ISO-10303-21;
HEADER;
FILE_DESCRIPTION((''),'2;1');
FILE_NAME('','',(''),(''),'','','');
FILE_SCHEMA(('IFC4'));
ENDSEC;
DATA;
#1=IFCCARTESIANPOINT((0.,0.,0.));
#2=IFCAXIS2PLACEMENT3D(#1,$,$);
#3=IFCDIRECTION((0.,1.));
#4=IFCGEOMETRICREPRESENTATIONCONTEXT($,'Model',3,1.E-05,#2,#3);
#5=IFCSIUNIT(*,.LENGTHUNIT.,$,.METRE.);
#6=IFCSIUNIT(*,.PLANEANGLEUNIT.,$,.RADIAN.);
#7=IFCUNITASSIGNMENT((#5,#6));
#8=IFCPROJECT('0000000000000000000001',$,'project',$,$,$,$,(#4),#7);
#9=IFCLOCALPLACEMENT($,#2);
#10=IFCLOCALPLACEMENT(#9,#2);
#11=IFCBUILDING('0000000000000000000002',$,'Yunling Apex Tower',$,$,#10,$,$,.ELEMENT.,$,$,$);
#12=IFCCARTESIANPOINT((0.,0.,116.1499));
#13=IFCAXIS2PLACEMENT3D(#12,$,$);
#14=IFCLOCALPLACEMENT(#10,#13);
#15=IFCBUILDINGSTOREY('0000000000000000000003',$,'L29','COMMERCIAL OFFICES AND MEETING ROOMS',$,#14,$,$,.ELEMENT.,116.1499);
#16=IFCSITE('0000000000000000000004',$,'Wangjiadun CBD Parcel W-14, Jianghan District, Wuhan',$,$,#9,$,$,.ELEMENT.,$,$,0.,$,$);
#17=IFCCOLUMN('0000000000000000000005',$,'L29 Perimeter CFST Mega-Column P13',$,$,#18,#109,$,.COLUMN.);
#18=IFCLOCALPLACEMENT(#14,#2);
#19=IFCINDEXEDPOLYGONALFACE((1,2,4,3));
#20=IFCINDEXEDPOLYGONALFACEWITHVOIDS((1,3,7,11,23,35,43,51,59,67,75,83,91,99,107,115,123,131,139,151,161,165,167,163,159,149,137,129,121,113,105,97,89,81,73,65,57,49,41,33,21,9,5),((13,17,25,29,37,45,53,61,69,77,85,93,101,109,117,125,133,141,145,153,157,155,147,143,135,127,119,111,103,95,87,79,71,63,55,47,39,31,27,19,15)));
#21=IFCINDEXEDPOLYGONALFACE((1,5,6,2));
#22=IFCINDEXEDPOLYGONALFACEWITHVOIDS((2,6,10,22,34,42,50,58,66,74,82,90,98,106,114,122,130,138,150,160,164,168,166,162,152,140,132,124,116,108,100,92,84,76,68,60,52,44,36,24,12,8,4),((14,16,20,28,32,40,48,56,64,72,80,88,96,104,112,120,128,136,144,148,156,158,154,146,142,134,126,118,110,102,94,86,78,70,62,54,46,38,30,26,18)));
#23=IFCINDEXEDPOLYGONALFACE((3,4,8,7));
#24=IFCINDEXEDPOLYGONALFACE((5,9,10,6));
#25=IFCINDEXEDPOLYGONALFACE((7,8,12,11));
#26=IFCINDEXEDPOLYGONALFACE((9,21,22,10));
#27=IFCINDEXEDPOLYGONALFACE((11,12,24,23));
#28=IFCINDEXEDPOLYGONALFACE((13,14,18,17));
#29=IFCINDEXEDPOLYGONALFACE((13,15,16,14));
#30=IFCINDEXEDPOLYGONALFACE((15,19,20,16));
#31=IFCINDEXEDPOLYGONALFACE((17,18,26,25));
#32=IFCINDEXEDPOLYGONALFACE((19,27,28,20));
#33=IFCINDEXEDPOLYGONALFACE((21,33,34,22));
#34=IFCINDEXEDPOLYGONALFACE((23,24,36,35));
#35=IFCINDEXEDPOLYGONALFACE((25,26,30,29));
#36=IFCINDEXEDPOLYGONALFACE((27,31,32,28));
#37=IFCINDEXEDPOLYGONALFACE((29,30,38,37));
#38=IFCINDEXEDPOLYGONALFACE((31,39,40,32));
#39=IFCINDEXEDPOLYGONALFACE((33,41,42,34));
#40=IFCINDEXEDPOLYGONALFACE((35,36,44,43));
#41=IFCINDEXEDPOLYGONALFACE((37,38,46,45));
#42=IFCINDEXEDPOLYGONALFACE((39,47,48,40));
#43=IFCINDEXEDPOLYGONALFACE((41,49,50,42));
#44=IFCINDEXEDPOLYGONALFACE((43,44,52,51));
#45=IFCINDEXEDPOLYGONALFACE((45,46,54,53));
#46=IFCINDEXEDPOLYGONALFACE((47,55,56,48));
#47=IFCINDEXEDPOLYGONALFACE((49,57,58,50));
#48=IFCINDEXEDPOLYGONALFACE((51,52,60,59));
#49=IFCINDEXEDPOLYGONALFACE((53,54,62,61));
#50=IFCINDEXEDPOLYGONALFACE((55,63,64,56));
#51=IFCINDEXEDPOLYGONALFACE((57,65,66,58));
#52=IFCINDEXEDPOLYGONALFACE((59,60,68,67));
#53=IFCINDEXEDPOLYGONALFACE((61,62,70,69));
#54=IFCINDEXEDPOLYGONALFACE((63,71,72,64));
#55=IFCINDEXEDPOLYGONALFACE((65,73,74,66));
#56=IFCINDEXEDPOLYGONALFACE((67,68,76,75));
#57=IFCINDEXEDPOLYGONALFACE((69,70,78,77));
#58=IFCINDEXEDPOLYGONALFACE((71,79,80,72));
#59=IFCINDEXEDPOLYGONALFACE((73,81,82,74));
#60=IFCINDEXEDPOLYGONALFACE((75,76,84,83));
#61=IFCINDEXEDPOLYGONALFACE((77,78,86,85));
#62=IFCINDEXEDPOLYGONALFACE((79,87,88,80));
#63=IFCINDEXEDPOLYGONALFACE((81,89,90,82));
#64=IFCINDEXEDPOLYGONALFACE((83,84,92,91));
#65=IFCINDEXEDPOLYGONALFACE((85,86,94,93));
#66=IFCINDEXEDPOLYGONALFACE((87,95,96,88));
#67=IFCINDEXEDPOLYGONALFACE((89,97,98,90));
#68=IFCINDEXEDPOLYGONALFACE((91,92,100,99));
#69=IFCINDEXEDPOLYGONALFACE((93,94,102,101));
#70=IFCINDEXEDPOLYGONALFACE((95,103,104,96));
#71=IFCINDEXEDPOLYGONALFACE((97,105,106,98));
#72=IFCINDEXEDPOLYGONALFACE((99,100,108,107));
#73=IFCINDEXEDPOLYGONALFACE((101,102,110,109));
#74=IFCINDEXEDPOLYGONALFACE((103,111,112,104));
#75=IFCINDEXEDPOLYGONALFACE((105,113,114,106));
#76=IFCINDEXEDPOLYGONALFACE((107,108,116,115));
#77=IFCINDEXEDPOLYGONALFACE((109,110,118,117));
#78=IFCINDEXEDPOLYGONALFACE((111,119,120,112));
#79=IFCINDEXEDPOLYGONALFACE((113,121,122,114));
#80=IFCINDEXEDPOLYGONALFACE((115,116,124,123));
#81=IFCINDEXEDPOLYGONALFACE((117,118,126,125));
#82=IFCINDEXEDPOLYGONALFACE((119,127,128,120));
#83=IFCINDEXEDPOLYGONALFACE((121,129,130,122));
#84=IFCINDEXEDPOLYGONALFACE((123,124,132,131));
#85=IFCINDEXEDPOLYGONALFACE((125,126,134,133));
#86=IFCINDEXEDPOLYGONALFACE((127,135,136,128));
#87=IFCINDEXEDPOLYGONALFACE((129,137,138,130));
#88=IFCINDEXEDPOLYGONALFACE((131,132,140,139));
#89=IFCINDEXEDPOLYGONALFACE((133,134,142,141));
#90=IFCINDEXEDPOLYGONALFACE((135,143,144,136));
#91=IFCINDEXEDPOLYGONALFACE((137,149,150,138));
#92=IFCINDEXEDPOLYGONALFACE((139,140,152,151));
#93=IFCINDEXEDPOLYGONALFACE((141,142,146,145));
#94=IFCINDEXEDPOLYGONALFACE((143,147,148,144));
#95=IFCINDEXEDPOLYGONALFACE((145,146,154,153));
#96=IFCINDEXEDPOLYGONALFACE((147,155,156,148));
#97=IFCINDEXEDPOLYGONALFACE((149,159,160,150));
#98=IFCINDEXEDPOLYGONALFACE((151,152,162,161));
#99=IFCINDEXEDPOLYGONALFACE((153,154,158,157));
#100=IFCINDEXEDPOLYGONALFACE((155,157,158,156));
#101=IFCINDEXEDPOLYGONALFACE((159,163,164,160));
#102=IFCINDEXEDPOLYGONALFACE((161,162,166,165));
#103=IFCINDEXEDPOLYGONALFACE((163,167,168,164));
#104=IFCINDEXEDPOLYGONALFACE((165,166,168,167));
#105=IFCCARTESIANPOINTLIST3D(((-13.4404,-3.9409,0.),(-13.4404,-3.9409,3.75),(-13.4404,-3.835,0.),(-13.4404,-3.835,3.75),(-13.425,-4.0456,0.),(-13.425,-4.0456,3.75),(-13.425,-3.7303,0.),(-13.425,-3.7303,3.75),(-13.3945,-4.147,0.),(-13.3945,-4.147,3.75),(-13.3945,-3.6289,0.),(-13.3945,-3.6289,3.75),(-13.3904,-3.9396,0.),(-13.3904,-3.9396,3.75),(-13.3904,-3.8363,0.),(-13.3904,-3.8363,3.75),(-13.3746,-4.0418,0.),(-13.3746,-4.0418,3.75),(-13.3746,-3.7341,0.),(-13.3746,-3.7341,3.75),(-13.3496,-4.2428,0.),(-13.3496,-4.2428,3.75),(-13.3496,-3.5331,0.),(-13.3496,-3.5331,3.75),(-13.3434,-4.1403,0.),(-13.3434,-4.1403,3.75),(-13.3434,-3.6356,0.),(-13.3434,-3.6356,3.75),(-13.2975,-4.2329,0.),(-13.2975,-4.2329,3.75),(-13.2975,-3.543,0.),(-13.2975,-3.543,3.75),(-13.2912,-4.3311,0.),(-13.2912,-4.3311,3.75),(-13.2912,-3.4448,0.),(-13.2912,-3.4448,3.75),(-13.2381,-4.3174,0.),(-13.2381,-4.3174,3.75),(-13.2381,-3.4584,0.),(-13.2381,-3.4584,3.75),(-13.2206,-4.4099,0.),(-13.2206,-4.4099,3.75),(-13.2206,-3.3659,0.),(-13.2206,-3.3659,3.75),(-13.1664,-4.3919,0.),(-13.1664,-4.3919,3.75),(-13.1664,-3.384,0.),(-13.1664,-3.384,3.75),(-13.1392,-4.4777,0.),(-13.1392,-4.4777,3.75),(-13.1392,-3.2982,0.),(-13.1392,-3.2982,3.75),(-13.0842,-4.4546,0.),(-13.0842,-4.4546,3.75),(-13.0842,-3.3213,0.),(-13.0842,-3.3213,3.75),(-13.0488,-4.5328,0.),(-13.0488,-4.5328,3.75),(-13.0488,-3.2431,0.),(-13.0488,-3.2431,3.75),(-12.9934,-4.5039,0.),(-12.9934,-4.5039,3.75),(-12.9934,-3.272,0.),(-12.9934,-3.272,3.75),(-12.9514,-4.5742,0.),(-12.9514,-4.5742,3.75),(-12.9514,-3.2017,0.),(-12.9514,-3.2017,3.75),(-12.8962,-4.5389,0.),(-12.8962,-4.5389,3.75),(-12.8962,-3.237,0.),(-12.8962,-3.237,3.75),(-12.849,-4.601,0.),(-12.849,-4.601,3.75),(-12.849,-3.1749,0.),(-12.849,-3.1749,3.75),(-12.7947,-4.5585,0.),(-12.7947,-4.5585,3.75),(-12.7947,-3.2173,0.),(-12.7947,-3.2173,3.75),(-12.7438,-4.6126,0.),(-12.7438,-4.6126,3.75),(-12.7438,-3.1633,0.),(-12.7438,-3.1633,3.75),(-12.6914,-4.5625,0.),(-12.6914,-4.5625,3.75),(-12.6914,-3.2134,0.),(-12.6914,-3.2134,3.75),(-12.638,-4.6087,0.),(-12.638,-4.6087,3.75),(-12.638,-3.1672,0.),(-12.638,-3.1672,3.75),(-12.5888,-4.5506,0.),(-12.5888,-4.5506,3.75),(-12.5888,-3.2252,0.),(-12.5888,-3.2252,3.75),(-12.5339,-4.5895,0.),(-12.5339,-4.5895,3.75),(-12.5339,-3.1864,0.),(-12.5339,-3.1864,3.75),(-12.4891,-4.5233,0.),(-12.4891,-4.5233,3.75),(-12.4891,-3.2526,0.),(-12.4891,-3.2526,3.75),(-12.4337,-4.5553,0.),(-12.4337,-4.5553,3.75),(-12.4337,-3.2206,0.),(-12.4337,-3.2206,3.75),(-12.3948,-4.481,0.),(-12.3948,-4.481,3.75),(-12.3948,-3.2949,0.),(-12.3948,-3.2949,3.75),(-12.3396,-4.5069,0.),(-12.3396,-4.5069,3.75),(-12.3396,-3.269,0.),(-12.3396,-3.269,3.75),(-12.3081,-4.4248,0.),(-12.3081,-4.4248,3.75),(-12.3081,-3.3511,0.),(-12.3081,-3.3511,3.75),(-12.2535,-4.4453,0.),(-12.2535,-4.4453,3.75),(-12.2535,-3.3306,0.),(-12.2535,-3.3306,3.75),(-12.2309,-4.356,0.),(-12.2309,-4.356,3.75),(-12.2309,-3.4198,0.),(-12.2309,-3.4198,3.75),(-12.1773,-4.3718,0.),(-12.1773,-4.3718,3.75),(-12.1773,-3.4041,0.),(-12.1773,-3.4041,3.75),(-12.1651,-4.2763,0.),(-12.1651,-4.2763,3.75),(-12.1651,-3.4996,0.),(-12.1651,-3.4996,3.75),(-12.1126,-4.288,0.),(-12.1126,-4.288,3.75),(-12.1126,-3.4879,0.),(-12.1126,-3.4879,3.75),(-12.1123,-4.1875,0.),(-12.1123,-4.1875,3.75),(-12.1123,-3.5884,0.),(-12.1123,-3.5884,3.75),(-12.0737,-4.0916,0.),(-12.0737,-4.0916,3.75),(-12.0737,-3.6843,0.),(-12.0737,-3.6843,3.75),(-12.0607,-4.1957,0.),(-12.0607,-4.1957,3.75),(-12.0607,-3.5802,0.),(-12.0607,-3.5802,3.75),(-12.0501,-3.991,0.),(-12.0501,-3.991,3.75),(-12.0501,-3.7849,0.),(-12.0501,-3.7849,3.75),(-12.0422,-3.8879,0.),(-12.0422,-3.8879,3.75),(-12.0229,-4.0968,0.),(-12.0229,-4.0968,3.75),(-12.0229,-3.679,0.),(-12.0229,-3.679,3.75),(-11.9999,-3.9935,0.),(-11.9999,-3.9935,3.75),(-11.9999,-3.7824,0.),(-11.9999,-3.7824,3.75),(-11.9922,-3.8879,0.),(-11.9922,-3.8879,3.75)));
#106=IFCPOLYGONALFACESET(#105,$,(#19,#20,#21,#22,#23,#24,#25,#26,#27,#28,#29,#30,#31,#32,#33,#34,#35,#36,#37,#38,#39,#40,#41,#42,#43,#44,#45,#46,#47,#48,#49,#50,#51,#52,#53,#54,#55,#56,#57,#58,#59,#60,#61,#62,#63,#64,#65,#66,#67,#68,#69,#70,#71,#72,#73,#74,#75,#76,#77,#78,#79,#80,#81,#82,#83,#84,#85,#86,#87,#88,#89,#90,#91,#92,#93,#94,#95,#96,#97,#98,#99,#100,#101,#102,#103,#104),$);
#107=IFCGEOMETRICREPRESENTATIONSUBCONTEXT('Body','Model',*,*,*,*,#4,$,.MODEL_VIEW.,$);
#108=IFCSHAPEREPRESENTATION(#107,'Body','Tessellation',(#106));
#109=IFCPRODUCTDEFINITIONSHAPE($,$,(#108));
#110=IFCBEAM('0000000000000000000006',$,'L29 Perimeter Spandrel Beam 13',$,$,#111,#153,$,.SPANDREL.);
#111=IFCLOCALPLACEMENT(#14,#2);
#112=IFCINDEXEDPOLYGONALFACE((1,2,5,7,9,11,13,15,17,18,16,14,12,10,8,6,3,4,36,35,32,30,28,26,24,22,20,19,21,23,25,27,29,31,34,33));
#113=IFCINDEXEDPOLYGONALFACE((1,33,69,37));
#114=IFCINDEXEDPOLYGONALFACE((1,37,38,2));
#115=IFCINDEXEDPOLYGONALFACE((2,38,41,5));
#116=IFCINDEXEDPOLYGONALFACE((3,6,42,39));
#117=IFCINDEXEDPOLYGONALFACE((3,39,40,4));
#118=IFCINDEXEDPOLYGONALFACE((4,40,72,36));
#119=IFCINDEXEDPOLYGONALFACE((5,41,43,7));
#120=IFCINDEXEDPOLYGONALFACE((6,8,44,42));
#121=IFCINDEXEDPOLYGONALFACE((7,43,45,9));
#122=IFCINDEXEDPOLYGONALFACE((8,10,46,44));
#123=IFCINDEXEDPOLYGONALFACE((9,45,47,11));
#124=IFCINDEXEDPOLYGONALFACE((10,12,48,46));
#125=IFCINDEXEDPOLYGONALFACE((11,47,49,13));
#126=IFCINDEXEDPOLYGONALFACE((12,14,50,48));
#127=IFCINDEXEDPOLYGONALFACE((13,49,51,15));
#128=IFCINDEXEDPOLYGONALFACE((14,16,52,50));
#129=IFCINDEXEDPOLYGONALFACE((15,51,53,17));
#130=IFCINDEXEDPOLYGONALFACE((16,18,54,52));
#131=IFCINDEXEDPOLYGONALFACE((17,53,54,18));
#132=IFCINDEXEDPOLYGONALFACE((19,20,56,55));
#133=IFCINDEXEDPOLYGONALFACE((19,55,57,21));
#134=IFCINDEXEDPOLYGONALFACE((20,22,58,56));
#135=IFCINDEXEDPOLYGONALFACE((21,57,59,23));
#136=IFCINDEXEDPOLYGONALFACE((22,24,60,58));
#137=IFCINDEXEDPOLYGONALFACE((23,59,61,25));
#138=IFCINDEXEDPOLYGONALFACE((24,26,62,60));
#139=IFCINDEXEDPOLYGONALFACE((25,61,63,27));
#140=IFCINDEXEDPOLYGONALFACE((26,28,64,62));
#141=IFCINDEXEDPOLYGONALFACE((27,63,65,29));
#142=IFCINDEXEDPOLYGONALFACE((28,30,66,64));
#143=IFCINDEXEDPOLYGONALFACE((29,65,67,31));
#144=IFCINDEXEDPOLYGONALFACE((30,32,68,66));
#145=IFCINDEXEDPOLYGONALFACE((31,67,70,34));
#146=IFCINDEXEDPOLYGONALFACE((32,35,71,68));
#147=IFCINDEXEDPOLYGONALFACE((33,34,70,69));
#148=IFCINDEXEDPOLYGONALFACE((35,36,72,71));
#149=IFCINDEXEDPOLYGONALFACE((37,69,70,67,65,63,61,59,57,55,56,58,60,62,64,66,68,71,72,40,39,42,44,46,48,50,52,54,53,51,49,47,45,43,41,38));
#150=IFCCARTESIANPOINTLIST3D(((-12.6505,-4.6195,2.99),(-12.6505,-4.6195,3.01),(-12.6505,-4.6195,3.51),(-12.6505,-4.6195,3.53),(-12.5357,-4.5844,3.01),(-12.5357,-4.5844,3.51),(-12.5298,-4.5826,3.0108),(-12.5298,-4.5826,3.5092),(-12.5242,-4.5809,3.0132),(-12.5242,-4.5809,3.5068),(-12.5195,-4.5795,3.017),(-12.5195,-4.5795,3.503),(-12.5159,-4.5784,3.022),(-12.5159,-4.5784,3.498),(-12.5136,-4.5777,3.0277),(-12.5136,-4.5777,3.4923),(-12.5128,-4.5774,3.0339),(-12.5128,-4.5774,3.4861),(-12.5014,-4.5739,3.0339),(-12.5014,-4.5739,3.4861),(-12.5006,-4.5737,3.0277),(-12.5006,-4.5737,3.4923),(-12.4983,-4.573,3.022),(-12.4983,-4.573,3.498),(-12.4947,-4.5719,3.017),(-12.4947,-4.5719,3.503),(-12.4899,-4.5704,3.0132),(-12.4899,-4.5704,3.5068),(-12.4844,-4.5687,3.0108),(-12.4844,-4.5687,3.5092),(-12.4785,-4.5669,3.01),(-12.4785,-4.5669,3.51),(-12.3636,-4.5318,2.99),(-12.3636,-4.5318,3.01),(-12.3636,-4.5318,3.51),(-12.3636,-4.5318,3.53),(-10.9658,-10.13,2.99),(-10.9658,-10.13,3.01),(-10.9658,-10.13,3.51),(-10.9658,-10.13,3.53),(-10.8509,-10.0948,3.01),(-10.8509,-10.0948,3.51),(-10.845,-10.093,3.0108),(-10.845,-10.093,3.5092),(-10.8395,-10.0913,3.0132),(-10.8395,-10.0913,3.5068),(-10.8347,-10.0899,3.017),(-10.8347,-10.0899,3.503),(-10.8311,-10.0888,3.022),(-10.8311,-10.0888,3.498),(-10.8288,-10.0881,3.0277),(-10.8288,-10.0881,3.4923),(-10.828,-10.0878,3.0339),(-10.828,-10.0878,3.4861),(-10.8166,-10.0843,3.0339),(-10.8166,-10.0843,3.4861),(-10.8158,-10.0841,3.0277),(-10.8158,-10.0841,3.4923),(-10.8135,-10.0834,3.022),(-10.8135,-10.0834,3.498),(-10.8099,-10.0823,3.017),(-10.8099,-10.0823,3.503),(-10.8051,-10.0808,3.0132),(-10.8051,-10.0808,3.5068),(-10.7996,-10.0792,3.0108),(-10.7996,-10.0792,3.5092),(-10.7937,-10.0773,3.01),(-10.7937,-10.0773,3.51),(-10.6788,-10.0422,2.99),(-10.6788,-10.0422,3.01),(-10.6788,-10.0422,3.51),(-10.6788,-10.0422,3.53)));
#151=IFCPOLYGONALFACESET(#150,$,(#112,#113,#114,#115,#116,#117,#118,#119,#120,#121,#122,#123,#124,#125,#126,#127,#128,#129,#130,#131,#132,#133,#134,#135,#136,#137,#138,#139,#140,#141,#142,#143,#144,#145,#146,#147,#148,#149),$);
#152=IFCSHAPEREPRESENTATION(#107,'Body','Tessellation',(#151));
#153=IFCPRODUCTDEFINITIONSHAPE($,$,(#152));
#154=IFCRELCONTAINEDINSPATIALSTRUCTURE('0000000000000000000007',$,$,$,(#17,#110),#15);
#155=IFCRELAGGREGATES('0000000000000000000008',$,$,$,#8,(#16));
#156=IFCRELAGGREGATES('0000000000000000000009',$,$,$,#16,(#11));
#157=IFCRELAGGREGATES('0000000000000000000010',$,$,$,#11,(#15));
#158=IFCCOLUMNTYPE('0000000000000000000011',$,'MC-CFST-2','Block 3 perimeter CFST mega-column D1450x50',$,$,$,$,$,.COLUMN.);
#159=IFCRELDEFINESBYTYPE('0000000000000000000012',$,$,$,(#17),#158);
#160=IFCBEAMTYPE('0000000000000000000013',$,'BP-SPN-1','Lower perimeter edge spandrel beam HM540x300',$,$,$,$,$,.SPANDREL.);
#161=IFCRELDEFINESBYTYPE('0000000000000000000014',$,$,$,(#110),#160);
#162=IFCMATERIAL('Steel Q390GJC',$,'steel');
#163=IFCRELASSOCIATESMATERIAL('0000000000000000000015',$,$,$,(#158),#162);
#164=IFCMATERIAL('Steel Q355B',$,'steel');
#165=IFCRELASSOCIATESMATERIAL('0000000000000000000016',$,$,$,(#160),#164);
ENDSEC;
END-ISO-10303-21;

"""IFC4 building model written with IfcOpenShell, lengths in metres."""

from ifc_helpers import new_model, si_unit, direction, frame, origin, origin_2d, place, context, subcontext, project, spatial, hollow_circle, i_section, extrude, source, transform, mapped, material, material_profile, profile_set, type_object, element, save


model = new_model("IFC4")

# Units and contexts
model_context = context("Model", 3, precision=1e-05, world=origin(), true_north=direction((0.0, 1.0)))
body_context = subcontext(model_context, "Body", "Model", "MODEL_VIEW")
ifc_project = project(units=[si_unit("LENGTHUNIT", "METRE"), si_unit("PLANEANGLEUNIT", "RADIAN")], contexts=[model_context])

# Site, building, storey
site_placement = place(None, origin())
site = spatial("IfcSite", under=ifc_project, at=site_placement, Name="Wangjiadun CBD Parcel W-14, Jianghan District, Wuhan", CompositionType="ELEMENT", RefElevation=0.0)
building_placement = place(site_placement, origin())
building = spatial("IfcBuilding", under=site, at=building_placement, Name="Yunling Apex Tower", CompositionType="ELEMENT")
storey_placement = place(building_placement, frame((0.0, 0.0, 116.1499)))
storey = spatial("IfcBuildingStorey", under=building, at=storey_placement, Name="L29", Description="COMMERCIAL OFFICES AND MEETING ROOMS", CompositionType="ELEMENT", Elevation=116.1499)

# Column
ifc_material_1 = material(Name="Steel Q390GJC", Category="steel")
ifc_material_profile_1 = material_profile(ifc_material_1, hollow_circle(Radius=0.7251, WallThickness=0.05, at=origin_2d()))
ifc_profile_set_1 = profile_set([ifc_material_profile_1], Name="Steel Q390GJC")
column_type = type_object("IfcColumnType", Name="MC-CFST-2", Description="Block 3 perimeter CFST mega-column D1450x50", PredefinedType="COLUMN", material=ifc_profile_set_1)
shared_shape_1 = source(origin(), body_context, "Body", "SweptSolid", [
    extrude(hollow_circle(Radius=0.7251, WallThickness=0.05, at=origin_2d()), origin(), (0.0, 0.0, 1.0), 3.75),
])
column_placement = place(storey_placement, frame((-12.7173, -3.8879, 0.0), z_axis=(0.0, 0.0, 1.0), x_axis=(1.0, 0.0, 0.0)))
element("IfcColumn", 1, at=column_placement, inside=storey, type_object=column_type, Name="L29 Perimeter CFST Mega-Column P13", PredefinedType="COLUMN", context=body_context, shape_type="MappedRepresentation", body=[
    mapped(shared_shape_1, transform((0.0, 0.0, 0.0), scale=1.0)),
])

# Beam
ifc_material_2 = material(Name="Steel Q355B", Category="steel")
ifc_material_profile_2 = material_profile(ifc_material_2, i_section(OverallWidth=0.3, OverallDepth=0.54, WebThickness=0.012, FlangeThickness=0.02, FilletRadius=0.0239, at=origin_2d()))
ifc_profile_set_2 = profile_set([ifc_material_profile_2], Name="Steel Q355B")
beam_type_1 = type_object("IfcBeamType", Name="BP-SPN-1", Description="Lower perimeter edge spandrel beam HM540x300", PredefinedType="SPANDREL", material=ifc_profile_set_2)
shared_shape_2 = source(origin(), body_context, "Body", "SweptSolid", [
    extrude(i_section(OverallWidth=0.3, OverallDepth=0.54, WebThickness=0.012, FlangeThickness=0.02, FilletRadius=0.0239, at=origin_2d()), origin(), (0.0, 0.0, 1.0), 5.7622),
])
beam_1_placement = place(storey_placement, frame((-12.5071, -4.5757, 3.26), z_axis=(0.292385, -0.956301, 0.0), x_axis=(0.956301, 0.292385, 0.0)))
element("IfcBeam", 2, at=beam_1_placement, inside=storey, type_object=beam_type_1, Name="L29 Perimeter Spandrel Beam 13", PredefinedType="SPANDREL", context=body_context, shape_type="MappedRepresentation", body=[
    mapped(shared_shape_2, transform((0.0, 0.0, 0.0), scale=1.0)),
])

save(model, "model.ifc")
